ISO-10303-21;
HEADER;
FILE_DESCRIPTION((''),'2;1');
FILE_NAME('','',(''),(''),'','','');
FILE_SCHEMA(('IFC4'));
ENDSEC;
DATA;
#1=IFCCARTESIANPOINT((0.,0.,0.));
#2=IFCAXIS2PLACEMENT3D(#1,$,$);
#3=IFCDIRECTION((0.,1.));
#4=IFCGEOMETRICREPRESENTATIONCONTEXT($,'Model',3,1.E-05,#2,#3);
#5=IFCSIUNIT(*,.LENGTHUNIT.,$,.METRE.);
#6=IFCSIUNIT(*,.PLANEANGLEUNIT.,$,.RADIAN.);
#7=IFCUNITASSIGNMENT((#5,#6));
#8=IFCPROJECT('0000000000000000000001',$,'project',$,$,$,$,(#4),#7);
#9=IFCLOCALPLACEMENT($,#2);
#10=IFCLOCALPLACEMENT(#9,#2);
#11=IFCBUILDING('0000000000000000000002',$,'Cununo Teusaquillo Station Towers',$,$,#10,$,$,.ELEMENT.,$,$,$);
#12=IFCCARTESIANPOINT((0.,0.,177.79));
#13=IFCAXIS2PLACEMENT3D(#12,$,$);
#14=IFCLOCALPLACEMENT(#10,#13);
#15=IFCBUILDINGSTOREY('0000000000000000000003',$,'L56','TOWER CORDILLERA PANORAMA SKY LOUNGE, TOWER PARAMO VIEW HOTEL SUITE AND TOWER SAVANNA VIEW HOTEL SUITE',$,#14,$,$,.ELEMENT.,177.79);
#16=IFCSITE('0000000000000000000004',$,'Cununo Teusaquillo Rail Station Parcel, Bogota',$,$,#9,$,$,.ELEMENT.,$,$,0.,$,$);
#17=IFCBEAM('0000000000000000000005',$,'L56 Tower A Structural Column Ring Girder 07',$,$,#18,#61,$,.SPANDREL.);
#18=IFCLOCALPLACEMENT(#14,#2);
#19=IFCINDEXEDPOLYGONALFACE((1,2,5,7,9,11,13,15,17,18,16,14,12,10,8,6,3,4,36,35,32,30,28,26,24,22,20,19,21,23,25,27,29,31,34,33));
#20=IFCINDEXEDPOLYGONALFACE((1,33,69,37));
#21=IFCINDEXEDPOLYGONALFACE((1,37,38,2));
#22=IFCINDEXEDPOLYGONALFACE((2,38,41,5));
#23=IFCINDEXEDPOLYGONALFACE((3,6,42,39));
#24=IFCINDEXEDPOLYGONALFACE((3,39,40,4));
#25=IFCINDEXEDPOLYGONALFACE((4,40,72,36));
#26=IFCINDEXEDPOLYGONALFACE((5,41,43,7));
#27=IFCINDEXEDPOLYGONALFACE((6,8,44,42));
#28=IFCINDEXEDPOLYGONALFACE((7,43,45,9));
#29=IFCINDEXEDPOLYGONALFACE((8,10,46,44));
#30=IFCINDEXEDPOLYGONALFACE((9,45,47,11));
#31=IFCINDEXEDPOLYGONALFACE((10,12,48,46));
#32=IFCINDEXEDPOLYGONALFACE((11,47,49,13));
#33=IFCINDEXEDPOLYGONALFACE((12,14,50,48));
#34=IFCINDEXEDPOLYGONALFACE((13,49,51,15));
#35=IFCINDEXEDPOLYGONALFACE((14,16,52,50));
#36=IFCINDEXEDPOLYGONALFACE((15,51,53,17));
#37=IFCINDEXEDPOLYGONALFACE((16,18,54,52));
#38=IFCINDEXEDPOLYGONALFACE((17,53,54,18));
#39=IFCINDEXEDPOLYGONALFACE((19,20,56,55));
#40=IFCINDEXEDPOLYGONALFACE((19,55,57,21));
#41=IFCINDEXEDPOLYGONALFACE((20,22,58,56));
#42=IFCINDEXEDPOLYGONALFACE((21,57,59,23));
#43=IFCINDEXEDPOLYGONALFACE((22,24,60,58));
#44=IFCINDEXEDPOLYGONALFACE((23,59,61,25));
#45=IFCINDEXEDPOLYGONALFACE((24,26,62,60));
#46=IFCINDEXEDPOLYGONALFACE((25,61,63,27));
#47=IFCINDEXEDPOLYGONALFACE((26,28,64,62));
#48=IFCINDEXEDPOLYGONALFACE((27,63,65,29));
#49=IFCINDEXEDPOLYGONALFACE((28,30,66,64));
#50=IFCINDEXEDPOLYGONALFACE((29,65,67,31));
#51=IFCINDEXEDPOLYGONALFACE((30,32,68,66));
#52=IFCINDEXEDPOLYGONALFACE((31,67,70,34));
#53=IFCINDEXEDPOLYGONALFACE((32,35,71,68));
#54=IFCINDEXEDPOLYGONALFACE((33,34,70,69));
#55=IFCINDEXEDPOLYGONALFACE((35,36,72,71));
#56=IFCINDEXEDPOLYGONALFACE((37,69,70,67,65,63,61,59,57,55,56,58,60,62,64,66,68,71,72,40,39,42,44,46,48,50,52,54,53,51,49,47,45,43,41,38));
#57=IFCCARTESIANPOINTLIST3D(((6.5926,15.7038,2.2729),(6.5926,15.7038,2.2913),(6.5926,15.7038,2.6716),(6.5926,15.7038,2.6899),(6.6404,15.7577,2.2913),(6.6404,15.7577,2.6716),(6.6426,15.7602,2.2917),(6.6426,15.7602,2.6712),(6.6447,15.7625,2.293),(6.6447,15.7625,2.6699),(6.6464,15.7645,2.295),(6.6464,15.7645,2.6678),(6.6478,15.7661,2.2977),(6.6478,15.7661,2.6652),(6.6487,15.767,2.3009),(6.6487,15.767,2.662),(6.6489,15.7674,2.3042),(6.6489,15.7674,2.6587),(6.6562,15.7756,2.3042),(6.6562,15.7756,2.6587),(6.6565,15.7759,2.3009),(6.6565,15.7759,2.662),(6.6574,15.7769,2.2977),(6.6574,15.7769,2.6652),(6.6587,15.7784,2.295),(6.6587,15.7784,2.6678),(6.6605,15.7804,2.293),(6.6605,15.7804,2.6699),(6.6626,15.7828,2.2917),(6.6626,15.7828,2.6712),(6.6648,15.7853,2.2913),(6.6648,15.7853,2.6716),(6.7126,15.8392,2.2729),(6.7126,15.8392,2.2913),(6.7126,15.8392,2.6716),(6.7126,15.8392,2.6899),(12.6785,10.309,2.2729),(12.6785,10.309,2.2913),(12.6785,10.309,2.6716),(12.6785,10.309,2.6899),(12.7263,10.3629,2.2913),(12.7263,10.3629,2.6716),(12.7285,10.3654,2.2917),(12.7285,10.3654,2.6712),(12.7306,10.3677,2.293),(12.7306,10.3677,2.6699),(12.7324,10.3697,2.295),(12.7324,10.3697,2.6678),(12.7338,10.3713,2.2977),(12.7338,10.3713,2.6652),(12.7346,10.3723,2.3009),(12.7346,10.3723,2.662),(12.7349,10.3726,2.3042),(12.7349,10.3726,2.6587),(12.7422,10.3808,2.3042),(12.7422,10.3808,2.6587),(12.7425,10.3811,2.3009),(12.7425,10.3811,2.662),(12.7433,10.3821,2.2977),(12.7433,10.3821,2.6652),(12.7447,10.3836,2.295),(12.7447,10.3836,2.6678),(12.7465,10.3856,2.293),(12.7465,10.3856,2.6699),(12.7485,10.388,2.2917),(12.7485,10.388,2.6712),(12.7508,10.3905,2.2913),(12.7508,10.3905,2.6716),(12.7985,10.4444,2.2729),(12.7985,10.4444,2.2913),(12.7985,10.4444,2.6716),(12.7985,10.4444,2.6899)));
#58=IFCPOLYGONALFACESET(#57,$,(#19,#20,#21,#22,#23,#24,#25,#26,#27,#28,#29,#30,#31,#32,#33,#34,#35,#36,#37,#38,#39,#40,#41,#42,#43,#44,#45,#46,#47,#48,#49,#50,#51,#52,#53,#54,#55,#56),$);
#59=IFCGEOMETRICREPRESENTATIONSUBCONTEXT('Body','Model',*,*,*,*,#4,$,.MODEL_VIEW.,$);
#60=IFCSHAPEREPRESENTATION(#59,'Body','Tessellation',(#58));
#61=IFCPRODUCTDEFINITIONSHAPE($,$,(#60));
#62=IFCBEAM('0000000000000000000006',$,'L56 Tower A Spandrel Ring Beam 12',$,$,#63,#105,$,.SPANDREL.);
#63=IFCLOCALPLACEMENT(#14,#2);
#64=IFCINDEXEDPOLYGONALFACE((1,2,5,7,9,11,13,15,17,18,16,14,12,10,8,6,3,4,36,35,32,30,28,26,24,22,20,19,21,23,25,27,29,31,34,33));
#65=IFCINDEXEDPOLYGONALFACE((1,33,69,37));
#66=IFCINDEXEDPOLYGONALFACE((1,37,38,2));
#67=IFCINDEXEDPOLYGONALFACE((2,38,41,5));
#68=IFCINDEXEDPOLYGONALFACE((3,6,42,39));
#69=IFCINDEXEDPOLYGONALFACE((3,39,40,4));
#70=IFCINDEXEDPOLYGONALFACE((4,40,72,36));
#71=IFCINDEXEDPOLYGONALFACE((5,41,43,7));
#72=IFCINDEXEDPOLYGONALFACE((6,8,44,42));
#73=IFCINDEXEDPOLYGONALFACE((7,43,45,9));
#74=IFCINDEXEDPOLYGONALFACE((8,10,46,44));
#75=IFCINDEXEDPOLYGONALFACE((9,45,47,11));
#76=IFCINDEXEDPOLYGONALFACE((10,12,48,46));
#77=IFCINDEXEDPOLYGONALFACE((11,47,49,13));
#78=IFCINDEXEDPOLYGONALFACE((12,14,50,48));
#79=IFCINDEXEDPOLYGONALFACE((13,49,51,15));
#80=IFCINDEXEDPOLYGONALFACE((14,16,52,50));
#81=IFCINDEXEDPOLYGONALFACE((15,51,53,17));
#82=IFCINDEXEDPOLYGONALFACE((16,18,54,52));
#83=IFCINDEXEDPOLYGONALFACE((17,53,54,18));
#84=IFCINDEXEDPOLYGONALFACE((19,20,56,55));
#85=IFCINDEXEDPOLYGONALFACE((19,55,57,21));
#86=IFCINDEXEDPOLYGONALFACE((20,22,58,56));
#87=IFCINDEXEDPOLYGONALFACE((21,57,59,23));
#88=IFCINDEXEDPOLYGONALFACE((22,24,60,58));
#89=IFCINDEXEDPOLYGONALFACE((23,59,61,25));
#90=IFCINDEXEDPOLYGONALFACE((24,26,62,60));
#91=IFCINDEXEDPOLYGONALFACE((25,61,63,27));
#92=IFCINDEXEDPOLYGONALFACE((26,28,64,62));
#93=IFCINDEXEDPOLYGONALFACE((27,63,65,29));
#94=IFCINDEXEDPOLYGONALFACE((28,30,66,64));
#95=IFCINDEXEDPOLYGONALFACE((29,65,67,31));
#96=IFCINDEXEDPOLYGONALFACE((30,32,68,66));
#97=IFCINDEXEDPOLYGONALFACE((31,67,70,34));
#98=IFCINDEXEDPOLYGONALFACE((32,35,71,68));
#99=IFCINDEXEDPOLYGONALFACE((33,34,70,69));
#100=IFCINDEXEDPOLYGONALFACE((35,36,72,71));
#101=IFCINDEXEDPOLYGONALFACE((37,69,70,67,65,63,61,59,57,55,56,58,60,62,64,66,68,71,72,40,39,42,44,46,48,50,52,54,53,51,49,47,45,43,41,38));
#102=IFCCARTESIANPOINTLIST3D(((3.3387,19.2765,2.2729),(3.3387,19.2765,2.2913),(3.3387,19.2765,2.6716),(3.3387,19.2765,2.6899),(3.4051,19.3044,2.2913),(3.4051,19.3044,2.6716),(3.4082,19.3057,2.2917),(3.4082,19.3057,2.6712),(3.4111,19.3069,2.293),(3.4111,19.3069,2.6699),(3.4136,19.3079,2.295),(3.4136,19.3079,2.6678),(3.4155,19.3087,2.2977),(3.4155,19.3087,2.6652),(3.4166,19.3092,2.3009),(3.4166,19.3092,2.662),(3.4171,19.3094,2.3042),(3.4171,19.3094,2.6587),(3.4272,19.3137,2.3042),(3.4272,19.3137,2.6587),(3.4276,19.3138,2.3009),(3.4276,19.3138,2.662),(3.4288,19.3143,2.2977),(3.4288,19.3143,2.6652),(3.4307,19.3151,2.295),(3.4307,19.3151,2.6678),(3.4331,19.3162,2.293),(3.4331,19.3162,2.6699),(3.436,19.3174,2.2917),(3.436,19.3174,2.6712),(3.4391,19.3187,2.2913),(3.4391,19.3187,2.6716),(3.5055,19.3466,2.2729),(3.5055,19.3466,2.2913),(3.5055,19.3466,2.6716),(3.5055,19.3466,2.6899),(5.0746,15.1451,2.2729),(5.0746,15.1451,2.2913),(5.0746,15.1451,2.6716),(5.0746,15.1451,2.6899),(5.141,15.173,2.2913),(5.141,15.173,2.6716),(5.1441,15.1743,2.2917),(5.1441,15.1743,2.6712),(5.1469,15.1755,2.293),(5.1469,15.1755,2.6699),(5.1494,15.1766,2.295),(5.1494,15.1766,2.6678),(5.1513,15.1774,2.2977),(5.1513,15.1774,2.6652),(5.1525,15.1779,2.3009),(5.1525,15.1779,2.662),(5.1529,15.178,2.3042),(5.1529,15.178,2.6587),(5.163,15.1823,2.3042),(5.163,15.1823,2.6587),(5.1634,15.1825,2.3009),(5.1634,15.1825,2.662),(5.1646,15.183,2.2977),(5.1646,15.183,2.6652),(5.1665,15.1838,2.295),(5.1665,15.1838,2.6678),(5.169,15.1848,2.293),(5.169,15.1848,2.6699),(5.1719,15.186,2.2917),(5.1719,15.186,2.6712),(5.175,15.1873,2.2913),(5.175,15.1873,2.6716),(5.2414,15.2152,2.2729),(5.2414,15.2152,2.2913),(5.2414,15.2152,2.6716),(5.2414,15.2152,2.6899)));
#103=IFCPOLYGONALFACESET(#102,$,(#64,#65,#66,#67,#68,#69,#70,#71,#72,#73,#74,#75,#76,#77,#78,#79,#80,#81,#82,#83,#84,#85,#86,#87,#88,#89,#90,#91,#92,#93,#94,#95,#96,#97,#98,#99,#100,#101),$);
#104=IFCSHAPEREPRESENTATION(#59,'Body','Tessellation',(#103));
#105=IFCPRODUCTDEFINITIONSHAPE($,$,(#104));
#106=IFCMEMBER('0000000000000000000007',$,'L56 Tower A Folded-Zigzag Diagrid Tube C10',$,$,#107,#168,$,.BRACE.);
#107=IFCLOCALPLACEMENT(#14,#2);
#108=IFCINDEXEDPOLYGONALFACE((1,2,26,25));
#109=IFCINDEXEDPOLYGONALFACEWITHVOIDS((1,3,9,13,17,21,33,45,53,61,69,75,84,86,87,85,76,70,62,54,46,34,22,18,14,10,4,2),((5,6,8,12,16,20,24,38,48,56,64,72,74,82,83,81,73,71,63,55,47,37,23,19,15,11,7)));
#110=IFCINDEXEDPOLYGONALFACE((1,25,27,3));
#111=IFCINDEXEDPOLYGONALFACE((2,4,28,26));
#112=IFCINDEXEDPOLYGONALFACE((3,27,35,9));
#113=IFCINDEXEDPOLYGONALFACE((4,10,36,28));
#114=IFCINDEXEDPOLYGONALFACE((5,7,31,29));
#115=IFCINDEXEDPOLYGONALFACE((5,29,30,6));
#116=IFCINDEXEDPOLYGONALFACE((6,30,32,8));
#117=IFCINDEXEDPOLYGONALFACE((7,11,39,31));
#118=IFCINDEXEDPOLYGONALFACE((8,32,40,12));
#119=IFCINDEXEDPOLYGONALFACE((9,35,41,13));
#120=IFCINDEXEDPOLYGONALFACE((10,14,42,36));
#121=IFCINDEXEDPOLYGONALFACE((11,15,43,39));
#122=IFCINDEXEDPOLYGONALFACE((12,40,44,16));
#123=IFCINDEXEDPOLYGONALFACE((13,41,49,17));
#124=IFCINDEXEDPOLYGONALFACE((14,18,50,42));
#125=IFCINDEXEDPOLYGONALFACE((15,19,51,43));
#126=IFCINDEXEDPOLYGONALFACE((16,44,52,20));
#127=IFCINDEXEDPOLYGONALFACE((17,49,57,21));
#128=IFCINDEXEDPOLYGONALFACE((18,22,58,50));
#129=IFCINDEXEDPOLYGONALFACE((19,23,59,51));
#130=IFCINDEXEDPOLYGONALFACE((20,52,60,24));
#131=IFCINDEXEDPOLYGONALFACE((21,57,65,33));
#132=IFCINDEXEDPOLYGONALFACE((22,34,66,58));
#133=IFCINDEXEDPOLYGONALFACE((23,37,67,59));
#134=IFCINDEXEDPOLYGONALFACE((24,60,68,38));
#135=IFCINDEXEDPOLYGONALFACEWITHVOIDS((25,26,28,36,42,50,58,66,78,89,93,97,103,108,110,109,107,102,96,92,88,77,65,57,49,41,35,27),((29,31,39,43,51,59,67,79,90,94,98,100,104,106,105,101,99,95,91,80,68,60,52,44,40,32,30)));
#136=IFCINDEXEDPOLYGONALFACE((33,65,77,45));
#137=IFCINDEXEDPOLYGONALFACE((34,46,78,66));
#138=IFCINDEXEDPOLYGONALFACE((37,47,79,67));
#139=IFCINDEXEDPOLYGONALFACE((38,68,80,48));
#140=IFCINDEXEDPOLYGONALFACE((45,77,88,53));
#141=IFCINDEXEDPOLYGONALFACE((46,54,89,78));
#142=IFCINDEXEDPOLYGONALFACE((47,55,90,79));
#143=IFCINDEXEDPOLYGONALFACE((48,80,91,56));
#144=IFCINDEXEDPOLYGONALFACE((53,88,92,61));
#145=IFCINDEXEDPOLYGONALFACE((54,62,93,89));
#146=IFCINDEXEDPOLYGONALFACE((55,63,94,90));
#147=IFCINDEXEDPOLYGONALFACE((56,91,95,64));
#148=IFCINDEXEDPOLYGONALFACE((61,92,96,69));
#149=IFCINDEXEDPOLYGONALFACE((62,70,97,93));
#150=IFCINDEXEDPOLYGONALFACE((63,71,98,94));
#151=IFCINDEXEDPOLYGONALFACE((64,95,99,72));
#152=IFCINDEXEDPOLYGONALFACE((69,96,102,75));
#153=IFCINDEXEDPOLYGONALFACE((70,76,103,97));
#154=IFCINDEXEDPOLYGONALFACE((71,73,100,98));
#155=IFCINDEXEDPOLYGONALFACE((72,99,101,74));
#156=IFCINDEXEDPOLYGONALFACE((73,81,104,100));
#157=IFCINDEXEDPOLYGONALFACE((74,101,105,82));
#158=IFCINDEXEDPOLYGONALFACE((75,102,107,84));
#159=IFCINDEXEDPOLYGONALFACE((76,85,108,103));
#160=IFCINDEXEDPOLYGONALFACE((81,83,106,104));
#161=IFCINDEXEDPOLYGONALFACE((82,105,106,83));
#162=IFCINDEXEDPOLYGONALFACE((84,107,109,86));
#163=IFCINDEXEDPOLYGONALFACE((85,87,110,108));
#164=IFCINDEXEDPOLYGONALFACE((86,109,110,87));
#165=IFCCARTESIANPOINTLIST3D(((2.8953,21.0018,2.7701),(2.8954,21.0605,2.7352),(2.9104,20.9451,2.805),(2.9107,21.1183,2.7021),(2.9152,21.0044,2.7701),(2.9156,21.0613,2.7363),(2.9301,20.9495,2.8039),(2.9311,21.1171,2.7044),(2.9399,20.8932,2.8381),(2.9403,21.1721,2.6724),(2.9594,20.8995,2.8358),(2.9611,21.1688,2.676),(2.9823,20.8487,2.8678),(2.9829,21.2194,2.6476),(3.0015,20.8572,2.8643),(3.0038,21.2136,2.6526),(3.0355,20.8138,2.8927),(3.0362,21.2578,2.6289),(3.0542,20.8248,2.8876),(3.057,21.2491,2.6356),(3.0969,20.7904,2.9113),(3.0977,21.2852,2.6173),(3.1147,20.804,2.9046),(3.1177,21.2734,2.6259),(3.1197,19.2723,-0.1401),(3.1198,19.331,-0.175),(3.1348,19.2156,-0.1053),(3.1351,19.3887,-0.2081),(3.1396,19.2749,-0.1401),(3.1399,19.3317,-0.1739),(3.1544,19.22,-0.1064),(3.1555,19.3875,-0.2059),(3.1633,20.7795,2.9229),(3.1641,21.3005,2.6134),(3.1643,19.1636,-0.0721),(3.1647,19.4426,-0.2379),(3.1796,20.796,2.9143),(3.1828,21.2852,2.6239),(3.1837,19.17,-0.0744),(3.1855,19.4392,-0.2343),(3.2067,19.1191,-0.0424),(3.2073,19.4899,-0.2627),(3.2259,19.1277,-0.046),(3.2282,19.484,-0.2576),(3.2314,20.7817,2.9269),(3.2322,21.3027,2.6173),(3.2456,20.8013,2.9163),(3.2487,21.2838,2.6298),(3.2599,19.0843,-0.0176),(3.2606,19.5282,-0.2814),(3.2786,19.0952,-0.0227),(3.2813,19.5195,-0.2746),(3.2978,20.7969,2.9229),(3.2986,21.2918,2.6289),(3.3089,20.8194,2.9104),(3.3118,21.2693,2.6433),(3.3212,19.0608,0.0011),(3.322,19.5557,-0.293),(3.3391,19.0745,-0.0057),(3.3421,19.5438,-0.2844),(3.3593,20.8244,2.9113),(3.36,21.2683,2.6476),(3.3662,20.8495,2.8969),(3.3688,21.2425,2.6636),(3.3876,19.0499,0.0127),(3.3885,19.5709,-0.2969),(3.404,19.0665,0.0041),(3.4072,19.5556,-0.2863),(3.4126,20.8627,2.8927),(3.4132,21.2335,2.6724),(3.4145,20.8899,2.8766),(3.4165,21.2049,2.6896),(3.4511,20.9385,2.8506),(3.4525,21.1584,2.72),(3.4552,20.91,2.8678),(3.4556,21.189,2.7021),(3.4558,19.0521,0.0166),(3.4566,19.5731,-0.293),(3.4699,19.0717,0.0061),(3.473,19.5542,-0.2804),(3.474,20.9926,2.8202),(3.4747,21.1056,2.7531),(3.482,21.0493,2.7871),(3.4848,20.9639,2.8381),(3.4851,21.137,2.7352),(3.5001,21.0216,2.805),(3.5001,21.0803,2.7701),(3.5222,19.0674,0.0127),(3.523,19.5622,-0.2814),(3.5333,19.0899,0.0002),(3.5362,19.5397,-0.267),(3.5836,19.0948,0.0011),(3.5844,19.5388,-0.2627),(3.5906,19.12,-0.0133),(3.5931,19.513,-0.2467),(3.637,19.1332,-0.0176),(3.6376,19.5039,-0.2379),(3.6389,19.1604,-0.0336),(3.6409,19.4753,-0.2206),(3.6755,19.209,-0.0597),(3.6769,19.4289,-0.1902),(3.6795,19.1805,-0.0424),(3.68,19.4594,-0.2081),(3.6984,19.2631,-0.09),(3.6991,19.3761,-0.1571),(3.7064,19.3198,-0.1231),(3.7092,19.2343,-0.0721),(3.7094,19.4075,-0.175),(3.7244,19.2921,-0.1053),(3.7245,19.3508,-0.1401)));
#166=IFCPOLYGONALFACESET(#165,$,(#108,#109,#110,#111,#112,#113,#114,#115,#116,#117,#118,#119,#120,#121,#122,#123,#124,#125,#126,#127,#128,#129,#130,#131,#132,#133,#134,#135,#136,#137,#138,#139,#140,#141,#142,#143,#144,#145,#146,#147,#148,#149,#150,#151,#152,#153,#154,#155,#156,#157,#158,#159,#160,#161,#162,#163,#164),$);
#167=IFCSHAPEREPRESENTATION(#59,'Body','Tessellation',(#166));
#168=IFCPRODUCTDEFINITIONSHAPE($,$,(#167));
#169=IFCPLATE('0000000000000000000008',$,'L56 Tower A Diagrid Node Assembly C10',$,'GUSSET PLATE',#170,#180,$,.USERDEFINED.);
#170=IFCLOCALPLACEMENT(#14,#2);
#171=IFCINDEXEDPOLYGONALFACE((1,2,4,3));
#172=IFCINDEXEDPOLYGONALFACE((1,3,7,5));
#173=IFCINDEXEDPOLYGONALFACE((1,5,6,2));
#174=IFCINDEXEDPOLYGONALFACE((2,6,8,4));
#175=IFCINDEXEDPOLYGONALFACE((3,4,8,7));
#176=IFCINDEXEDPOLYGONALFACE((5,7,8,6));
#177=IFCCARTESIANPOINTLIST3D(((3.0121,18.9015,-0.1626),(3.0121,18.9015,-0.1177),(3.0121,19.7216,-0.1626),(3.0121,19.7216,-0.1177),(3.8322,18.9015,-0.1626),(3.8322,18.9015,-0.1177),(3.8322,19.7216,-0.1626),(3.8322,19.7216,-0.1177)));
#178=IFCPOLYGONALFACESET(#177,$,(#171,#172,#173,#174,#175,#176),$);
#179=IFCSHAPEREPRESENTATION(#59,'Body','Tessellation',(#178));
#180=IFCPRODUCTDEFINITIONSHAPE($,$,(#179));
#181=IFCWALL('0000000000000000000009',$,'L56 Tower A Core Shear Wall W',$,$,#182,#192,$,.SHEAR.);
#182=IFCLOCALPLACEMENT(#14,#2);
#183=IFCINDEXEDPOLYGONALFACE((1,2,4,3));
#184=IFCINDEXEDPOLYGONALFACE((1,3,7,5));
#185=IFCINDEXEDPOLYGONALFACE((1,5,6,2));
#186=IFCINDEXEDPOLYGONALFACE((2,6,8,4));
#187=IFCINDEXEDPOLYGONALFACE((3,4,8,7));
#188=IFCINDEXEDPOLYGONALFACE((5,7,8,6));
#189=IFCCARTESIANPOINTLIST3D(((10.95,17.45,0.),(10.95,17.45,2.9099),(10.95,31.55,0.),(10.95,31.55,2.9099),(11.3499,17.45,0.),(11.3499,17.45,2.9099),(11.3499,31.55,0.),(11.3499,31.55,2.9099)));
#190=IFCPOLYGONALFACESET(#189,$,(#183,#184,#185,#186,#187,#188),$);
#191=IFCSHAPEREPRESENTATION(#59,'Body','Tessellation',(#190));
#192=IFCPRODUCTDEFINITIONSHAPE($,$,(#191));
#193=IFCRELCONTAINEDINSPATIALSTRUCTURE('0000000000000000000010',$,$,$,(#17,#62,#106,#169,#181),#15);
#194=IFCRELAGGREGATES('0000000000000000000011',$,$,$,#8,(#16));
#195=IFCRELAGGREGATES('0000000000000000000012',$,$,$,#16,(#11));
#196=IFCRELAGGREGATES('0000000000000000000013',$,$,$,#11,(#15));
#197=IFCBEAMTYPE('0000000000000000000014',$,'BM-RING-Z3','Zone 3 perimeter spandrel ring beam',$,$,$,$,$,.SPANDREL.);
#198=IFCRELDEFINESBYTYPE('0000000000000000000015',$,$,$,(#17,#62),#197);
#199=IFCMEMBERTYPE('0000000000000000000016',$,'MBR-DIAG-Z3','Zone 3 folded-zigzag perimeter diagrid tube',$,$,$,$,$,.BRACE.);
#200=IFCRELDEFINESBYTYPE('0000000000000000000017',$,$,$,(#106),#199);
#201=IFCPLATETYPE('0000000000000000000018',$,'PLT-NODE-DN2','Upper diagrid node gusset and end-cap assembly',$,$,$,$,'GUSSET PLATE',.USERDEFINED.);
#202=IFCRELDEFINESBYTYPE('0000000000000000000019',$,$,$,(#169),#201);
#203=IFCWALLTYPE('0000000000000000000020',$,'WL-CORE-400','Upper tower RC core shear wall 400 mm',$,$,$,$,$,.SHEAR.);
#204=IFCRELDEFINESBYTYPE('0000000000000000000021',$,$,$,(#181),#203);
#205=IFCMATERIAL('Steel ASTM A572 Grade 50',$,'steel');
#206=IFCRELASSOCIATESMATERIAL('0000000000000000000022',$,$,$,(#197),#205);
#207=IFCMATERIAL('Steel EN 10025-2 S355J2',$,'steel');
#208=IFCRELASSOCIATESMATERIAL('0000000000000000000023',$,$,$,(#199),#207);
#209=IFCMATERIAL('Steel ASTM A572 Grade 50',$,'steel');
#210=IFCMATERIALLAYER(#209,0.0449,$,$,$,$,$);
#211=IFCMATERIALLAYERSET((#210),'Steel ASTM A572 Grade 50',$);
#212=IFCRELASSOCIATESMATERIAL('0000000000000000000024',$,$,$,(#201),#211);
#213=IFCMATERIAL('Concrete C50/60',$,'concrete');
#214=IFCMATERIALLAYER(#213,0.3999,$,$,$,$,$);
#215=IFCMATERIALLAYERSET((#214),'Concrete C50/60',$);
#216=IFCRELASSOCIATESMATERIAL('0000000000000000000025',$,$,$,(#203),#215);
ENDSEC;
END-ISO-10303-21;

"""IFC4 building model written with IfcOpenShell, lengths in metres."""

from ifc_helpers import new_model, si_unit, direction, frame, frame_2d, origin, origin_2d, place, context, subcontext, project, spatial, rectangle, hollow_circle, i_section, extrude, source, transform, mapped, material, layer, layer_set, material_profile, profile_set, type_object, element, save


model = new_model("IFC4")

# Units and contexts
model_context = context("Model", 3, precision=1e-05, world=origin(), true_north=direction((0.0, 1.0)))
body_context = subcontext(model_context, "Body", "Model", "MODEL_VIEW")
ifc_project = project(units=[si_unit("LENGTHUNIT", "METRE"), si_unit("PLANEANGLEUNIT", "RADIAN")], contexts=[model_context])

# Site, building, storey
site_placement = place(None, origin())
site = spatial("IfcSite", under=ifc_project, at=site_placement, Name="Cununo Teusaquillo Rail Station Parcel, Bogota", CompositionType="ELEMENT", RefElevation=0.0)
building_placement = place(site_placement, origin())
building = spatial("IfcBuilding", under=site, at=building_placement, Name="Cununo Teusaquillo Station Towers", CompositionType="ELEMENT")
storey_placement = place(building_placement, frame((0.0, 0.0, 177.79)))
storey = spatial("IfcBuildingStorey", under=building, at=storey_placement, Name="L56", Description="TOWER CORDILLERA PANORAMA SKY LOUNGE, TOWER PARAMO VIEW HOTEL SUITE AND TOWER SAVANNA VIEW HOTEL SUITE", CompositionType="ELEMENT", Elevation=177.79)

# Beams
ifc_material_1 = material(Name="Steel ASTM A572 Grade 50", Category="steel")
ifc_material_profile_1 = material_profile(ifc_material_1, i_section(OverallWidth=0.1809, OverallDepth=0.417, WebThickness=0.011, FlangeThickness=0.0183, FilletRadius=0.0129, at=origin_2d()), Name="W16X57")
ifc_profile_set_1 = profile_set([ifc_material_profile_1], Name="Steel ASTM A572 Grade 50")
beam_type = type_object("IfcBeamType", Name="BM-RING-Z3", Description="Zone 3 perimeter spandrel ring beam", PredefinedType="SPANDREL", material=ifc_profile_set_1)
beam_1_placement = place(storey_placement, frame((6.6526, 15.7715, 2.4814), z_axis=(0.748321, -0.663337, 0.0), x_axis=(0.663337, 0.748321, 0.0)))
element("IfcBeam", 1, at=beam_1_placement, inside=storey, type_object=beam_type, Name="L56 Tower A Structural Column Ring Girder 07", PredefinedType="SPANDREL", context=body_context, shape_type="SweptSolid", body=[
    extrude(i_section(OverallWidth=0.1809, OverallDepth=0.417, WebThickness=0.011, FlangeThickness=0.0183, FilletRadius=0.0129, at=origin_2d()), origin(), (0.0, 0.0, 1.0), 8.1328),
])
beam_2_placement = place(storey_placement, frame((3.4221, 19.3115, 2.4814), z_axis=(0.38736, -0.921928, 0.0), x_axis=(0.921928, 0.38736, 0.0)))
element("IfcBeam", 2, at=beam_2_placement, inside=storey, type_object=beam_type, Name="L56 Tower A Spandrel Ring Beam 12", PredefinedType="SPANDREL", context=body_context, shape_type="SweptSolid", body=[
    extrude(i_section(OverallWidth=0.1809, OverallDepth=0.417, WebThickness=0.011, FlangeThickness=0.0183, FilletRadius=0.0129, at=origin_2d()), origin(), (0.0, 0.0, 1.0), 4.4812),
])

# Member
ifc_material_2 = material(Name="Steel EN 10025-2 S355J2", Category="steel")
ifc_material_profile_2 = material_profile(ifc_material_2, hollow_circle(Radius=0.3049, WallThickness=0.02, at=origin_2d()), Name="CHS 610x20")
ifc_profile_set_2 = profile_set([ifc_material_profile_2], Name="Steel EN 10025-2 S355J2")
member_type = type_object("IfcMemberType", Name="MBR-DIAG-Z3", Description="Zone 3 folded-zigzag perimeter diagrid tube", PredefinedType="BRACE", material=ifc_profile_set_2)
member_placement = place(storey_placement, frame((3.4221, 19.3115, -0.1401), z_axis=(-0.066132, 0.509767, 0.857767), x_axis=(-0.99169, -0.128651, 0.0)))
element("IfcMember", 3, at=member_placement, inside=storey, type_object=member_type, Name="L56 Tower A Folded-Zigzag Diagrid Tube C10", PredefinedType="BRACE", context=body_context, shape_type="SweptSolid", body=[
    extrude(hollow_circle(Radius=0.3049, WallThickness=0.02, at=origin_2d()), origin(), (0.0, 0.0, 1.0), 3.3928),
])

# Plate
ifc_material_3 = material(Name="Steel ASTM A572 Grade 50", Category="steel")
ifc_layer_1 = layer(ifc_material_3, 0.0449)
ifc_layer_set_1 = layer_set([ifc_layer_1], Name="Steel ASTM A572 Grade 50")
plate_type = type_object("IfcPlateType", Name="PLT-NODE-DN2", Description="Upper diagrid node gusset and end-cap assembly", ElementType="GUSSET PLATE", PredefinedType="USERDEFINED", material=ifc_layer_set_1)
shared_shape_1 = source(origin(), body_context, "Body", "SweptSolid", [
    extrude(rectangle(XDim=0.8201, YDim=0.8201, at=origin_2d()), origin(), (0.0, 0.0, 1.0), 0.0449),
])
plate_placement = place(storey_placement, frame((3.4221, 19.3115, -0.1626), z_axis=(0.0, 0.0, 1.0), x_axis=(1.0, 0.0, 0.0)))
element("IfcPlate", 4, at=plate_placement, inside=storey, type_object=plate_type, Name="L56 Tower A Diagrid Node Assembly C10", ObjectType="GUSSET PLATE", PredefinedType="USERDEFINED", context=body_context, shape_type="MappedRepresentation", body=[
    mapped(shared_shape_1, transform((0.0, 0.0, 0.0), x_axis=(1.0, 0.0, 0.0), y_axis=(0.0, 1.0, 0.0), z_axis=(0.0, 0.0, 1.0), scale=1.0)),
])

# Wall
ifc_material_4 = material(Name="Concrete C50/60", Category="concrete")
ifc_layer_2 = layer(ifc_material_4, 0.3999)
ifc_layer_set_2 = layer_set([ifc_layer_2], Name="Concrete C50/60")
wall_type_1 = type_object("IfcWallType", Name="WL-CORE-400", Description="Upper tower RC core shear wall 400 mm", PredefinedType="SHEAR", material=ifc_layer_set_2)
wall_1_placement = place(storey_placement, frame((11.1499, 17.45, 0.0), z_axis=(0.0, 0.0, 1.0), x_axis=(0.0, 1.0, 0.0)))
element("IfcWall", 5, at=wall_1_placement, inside=storey, type_object=wall_type_1, Name="L56 Tower A Core Shear Wall W", PredefinedType="SHEAR", context=body_context, shape_type="SweptSolid", body=[
    extrude(rectangle(XDim=14.1001, YDim=0.3999, at=frame_2d((7.05, 0.0))), origin(), (0.0, 0.0, 1.0), 2.9099),
])

save(model, "model.ifc")
